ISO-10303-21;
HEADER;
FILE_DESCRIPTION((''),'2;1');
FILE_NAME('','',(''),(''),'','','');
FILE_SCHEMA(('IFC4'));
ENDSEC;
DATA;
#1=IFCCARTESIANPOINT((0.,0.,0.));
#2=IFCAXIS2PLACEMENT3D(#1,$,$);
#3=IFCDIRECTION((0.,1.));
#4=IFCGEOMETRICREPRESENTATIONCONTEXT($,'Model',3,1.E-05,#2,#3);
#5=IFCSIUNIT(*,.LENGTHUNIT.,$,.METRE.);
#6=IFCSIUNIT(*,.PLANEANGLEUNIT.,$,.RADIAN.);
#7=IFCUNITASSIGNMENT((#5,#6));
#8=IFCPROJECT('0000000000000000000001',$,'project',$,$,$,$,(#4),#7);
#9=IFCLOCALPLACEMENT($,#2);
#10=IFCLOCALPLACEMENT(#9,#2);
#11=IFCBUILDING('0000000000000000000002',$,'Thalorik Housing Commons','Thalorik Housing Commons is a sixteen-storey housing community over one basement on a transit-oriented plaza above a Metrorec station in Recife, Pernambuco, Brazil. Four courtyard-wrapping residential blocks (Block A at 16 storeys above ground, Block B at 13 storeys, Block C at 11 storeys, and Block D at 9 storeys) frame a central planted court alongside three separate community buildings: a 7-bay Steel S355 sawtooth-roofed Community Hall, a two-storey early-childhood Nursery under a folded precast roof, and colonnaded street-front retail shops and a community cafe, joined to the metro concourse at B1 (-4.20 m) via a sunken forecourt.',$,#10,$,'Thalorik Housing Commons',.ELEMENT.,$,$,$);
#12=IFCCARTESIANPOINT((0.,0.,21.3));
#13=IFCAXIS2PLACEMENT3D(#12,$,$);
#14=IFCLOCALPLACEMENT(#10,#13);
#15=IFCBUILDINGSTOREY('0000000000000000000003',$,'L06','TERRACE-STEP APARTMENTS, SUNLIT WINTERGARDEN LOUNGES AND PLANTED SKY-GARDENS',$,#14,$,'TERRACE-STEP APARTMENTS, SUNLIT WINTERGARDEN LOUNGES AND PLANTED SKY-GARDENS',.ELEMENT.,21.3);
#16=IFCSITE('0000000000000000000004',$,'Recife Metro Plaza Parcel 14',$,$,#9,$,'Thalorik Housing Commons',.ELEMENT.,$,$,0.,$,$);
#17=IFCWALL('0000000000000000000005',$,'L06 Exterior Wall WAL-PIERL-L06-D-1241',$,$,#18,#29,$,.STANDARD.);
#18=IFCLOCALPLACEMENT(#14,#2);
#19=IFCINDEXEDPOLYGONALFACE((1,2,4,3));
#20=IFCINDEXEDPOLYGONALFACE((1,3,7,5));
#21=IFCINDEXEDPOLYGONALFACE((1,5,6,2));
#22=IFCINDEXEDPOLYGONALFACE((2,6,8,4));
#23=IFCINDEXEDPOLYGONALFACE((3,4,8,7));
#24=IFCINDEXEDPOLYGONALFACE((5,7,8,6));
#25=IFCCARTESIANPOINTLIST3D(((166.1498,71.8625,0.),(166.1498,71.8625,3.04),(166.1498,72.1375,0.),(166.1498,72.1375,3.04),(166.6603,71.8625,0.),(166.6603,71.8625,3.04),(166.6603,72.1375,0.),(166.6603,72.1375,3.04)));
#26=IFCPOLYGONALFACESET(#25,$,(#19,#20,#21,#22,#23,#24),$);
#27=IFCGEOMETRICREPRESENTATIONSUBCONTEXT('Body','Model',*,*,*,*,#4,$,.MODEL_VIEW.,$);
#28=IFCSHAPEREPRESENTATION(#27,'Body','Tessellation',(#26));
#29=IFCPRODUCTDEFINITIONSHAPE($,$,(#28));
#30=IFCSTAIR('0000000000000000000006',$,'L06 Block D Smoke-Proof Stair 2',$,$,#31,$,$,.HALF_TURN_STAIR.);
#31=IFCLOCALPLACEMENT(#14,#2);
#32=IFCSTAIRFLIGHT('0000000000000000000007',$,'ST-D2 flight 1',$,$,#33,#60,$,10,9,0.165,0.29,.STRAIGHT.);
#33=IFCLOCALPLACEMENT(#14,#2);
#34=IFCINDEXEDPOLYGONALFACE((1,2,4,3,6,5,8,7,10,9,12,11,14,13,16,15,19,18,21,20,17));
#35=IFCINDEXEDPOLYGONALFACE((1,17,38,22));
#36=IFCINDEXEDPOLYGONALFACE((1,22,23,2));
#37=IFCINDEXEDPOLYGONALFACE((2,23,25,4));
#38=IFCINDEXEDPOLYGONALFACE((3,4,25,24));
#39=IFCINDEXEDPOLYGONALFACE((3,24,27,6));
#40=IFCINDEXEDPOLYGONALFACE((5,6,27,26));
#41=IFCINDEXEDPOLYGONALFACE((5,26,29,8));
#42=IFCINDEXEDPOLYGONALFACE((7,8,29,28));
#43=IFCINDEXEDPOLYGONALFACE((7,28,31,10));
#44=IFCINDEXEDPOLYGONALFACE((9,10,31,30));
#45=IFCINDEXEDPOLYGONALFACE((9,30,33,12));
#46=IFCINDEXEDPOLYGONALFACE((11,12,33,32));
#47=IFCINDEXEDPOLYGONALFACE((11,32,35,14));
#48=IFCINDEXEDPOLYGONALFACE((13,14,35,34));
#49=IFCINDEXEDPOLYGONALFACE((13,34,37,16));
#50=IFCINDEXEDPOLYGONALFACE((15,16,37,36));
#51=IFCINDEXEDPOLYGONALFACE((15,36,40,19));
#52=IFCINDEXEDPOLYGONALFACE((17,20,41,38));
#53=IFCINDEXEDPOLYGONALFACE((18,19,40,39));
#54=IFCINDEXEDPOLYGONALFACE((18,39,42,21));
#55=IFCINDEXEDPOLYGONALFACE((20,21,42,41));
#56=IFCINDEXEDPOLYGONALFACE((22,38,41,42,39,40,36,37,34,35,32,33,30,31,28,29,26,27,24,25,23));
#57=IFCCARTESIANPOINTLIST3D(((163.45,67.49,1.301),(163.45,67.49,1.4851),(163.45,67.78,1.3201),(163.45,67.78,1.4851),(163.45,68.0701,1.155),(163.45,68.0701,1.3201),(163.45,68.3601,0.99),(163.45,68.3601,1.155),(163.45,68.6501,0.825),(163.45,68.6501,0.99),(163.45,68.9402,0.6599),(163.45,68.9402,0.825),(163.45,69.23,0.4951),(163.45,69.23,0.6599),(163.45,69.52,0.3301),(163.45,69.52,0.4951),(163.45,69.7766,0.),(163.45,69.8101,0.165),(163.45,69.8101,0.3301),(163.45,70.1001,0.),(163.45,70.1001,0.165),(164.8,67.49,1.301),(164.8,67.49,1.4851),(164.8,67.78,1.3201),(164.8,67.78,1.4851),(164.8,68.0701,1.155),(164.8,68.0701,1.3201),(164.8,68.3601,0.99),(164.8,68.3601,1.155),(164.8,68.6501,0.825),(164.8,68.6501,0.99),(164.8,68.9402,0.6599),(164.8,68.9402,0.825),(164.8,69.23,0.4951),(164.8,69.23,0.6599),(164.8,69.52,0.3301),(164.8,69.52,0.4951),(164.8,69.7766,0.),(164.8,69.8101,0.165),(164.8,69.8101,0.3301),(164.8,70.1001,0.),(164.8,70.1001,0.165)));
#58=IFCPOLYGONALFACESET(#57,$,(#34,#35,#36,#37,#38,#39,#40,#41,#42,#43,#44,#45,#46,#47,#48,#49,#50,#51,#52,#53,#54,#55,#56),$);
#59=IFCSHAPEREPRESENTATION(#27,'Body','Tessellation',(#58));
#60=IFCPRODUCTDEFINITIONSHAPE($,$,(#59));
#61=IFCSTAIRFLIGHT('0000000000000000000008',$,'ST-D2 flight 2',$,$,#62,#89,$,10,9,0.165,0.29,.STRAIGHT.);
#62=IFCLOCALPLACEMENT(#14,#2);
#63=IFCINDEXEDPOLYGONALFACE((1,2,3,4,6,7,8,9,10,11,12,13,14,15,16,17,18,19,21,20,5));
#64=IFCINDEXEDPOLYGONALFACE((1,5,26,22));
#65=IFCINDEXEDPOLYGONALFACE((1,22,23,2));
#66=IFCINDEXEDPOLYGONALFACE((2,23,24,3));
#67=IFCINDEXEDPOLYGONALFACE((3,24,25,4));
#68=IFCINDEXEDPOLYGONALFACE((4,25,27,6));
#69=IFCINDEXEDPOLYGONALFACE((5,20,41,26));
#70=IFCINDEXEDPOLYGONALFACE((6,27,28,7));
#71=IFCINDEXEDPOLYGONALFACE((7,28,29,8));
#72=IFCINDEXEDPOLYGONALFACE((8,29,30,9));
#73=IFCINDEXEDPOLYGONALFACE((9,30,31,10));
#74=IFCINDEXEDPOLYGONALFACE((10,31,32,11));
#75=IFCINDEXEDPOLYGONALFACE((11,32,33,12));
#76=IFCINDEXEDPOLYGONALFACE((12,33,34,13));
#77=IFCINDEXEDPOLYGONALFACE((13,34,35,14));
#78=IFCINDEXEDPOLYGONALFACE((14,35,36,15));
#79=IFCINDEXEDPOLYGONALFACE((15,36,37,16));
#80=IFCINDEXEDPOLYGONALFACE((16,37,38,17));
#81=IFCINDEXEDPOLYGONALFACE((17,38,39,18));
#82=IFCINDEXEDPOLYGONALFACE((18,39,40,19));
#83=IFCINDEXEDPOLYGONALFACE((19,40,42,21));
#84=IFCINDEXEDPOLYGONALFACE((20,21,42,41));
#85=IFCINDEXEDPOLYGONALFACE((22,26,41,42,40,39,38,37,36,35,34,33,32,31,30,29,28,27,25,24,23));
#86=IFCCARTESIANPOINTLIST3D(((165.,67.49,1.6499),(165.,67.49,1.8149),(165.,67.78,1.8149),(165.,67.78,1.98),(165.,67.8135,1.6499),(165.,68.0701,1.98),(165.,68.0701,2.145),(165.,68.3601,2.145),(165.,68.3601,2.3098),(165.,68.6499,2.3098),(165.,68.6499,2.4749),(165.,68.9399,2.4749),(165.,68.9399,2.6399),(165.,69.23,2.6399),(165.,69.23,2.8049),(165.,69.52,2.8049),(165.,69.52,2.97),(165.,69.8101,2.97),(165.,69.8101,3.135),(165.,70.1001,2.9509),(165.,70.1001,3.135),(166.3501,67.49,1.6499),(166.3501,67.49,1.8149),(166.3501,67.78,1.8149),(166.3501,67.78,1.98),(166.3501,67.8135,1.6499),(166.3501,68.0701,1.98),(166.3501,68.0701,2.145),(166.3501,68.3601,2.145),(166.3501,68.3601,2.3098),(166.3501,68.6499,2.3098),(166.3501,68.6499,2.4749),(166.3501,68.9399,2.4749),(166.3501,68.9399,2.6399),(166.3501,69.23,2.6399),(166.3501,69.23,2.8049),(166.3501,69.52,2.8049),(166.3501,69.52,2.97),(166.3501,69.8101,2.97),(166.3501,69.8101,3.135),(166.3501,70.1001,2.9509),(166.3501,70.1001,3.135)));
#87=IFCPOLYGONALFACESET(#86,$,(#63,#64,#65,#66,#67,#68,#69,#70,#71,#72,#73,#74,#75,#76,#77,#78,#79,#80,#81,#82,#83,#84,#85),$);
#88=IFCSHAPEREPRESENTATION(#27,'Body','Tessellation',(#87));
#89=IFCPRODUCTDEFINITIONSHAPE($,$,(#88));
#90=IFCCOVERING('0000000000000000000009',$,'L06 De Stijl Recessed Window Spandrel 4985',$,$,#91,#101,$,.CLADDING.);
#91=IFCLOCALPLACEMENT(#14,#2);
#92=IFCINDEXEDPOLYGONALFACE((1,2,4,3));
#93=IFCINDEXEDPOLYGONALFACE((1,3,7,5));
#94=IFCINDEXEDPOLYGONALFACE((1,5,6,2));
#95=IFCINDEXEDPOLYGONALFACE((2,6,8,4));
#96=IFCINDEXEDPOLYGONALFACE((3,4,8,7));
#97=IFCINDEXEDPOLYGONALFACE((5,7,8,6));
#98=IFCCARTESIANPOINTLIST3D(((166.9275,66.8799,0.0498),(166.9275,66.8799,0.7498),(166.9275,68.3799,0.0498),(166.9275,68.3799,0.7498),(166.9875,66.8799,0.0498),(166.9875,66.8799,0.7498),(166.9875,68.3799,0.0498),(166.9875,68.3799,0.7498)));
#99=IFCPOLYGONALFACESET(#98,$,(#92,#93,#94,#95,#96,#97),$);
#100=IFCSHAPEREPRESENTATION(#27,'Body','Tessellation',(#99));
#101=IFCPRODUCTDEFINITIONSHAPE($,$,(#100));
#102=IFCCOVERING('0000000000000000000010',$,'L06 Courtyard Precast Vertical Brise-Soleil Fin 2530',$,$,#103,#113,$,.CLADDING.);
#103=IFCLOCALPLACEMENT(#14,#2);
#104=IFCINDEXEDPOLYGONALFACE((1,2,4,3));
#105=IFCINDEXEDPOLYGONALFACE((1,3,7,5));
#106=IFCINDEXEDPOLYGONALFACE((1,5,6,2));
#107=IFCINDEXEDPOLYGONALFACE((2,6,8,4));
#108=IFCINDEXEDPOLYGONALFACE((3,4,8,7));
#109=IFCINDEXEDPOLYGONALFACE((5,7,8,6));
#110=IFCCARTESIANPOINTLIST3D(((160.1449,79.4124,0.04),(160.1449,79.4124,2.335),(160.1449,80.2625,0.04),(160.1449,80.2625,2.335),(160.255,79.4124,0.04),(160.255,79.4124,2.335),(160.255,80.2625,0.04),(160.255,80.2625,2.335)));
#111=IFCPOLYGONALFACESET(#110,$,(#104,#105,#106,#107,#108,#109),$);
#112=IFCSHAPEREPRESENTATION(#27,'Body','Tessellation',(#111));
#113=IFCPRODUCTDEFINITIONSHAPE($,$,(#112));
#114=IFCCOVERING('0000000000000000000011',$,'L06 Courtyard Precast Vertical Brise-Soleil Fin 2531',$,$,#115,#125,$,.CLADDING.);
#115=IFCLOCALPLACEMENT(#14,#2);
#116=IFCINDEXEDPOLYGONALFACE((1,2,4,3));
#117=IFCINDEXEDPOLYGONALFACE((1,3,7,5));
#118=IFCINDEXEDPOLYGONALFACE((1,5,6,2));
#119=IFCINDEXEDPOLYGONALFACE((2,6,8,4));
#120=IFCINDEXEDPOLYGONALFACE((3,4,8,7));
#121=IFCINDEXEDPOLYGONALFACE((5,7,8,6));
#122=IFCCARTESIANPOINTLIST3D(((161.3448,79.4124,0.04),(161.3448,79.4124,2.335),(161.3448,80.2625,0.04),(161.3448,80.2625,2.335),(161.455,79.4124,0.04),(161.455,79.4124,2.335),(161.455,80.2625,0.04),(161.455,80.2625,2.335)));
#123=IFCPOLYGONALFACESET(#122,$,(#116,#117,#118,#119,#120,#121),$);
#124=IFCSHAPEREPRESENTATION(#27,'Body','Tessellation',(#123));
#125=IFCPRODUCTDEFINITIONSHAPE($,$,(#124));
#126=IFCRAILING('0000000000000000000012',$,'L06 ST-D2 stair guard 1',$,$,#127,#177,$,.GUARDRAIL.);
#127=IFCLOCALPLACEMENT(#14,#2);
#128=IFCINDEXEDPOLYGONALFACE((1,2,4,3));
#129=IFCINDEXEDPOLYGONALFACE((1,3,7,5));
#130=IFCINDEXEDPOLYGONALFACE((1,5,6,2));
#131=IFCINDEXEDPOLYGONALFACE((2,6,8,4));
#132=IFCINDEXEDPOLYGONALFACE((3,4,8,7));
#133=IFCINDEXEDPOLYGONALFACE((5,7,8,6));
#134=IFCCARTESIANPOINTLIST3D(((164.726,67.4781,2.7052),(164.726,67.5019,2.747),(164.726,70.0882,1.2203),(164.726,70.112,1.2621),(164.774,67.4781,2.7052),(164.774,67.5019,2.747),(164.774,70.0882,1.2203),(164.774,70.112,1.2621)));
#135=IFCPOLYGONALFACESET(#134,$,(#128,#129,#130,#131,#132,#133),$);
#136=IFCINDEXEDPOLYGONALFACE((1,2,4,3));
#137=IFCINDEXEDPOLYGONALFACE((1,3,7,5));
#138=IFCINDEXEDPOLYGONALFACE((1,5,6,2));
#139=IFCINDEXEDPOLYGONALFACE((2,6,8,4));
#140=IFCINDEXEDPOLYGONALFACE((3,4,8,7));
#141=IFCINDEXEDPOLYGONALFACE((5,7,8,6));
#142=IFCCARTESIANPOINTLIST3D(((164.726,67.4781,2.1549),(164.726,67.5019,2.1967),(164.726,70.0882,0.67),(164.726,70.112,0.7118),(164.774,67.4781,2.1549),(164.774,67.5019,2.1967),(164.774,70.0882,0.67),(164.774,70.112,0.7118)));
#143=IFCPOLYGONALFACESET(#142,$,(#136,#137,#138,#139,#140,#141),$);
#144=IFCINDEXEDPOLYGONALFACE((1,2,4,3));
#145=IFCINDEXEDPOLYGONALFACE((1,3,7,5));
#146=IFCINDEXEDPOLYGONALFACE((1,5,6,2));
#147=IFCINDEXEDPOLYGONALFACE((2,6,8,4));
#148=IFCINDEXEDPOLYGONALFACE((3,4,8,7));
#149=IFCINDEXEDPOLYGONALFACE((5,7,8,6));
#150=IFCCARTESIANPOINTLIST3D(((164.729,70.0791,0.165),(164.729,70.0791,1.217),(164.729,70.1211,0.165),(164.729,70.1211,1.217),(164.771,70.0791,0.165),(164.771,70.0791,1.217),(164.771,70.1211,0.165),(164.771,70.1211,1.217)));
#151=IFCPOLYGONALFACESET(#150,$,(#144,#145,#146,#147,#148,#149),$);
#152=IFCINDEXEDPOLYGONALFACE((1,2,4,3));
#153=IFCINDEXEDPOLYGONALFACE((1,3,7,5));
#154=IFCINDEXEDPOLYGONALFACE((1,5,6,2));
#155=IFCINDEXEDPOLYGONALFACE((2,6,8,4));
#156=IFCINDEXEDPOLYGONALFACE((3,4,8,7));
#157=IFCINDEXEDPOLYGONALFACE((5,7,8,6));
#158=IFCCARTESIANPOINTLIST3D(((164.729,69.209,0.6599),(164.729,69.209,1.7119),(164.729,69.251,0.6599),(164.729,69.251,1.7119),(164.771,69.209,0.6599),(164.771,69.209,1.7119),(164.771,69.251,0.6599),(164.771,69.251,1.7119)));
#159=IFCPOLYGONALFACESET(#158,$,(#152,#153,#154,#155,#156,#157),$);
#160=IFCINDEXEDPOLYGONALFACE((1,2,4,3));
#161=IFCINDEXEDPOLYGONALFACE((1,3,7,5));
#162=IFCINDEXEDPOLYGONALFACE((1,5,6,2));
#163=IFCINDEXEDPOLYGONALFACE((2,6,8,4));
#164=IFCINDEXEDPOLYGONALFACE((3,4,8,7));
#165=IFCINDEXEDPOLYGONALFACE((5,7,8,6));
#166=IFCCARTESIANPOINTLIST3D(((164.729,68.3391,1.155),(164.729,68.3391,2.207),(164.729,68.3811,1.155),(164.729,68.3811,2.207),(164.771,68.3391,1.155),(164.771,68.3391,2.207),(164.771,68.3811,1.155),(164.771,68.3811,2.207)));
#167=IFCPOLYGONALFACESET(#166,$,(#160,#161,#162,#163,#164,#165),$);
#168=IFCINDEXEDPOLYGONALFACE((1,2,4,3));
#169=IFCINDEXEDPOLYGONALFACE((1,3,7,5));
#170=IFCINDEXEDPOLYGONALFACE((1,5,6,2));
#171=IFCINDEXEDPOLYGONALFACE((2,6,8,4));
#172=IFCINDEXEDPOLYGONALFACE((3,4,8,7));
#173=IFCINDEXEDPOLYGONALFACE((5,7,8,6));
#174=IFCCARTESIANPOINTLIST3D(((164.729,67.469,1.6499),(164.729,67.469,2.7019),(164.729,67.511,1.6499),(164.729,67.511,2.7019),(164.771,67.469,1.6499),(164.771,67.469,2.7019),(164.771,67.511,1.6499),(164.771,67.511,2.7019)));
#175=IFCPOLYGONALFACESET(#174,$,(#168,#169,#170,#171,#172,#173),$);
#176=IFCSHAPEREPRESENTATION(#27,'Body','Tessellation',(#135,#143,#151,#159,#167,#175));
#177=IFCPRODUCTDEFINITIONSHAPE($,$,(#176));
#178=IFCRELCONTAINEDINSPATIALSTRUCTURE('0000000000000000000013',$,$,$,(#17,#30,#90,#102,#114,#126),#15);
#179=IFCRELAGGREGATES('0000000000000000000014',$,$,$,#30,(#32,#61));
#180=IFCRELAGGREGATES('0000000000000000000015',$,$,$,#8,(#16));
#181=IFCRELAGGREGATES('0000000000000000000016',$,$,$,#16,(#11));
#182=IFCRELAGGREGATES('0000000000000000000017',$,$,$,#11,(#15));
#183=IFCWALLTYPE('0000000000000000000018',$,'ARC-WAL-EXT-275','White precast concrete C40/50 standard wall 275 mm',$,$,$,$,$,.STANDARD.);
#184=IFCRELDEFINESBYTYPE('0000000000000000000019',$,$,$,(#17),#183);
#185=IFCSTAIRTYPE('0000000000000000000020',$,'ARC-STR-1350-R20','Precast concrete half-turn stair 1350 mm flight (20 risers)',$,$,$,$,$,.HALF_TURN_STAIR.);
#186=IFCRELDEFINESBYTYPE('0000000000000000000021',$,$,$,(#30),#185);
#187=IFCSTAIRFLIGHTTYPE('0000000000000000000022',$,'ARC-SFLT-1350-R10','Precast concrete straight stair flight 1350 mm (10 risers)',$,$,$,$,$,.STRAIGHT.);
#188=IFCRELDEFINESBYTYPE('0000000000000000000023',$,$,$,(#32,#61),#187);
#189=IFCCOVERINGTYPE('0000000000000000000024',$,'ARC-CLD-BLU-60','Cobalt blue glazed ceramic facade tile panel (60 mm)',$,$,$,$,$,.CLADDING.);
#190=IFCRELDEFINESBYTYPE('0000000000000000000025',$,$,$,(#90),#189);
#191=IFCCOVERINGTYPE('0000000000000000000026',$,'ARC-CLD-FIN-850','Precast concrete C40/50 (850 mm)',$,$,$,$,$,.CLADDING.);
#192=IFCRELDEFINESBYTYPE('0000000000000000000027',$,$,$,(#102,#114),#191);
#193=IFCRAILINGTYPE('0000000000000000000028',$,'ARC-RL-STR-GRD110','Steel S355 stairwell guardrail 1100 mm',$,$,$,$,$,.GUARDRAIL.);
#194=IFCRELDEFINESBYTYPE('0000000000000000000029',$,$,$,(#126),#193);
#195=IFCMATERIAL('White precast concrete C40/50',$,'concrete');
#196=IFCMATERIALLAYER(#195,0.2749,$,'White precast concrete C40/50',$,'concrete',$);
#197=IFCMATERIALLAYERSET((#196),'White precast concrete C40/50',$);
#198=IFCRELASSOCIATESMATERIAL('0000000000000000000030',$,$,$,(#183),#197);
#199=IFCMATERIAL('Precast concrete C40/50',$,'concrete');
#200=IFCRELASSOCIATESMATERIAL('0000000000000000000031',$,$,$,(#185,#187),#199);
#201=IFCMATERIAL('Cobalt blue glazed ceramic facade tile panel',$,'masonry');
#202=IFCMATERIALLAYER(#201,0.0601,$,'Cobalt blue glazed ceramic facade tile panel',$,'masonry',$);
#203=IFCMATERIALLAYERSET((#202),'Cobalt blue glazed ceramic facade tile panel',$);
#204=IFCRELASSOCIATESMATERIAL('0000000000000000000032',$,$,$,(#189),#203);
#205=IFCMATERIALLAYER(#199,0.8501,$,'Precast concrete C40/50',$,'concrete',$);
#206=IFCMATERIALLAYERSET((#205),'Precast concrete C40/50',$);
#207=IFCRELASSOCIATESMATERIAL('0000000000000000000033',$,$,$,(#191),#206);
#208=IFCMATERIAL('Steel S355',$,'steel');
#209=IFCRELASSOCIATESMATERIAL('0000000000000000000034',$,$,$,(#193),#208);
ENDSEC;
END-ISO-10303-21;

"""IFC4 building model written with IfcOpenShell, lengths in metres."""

from ifc_helpers import new_model, si_unit, direction, frame, frame_2d, origin, origin_2d, place, context, subcontext, project, spatial, polyline, rectangle, outline, extrude, material, layer, layer_set, type_object, element, aggregate, save


model = new_model("IFC4")

# Units and contexts
model_context = context("Model", 3, precision=1e-05, world=origin(), true_north=direction((0.0, 1.0)))
body_context = subcontext(model_context, "Body", "Model", "MODEL_VIEW")
ifc_project = project(units=[si_unit("LENGTHUNIT", "METRE"), si_unit("PLANEANGLEUNIT", "RADIAN")], contexts=[model_context])

# Site, building, storey
site_placement = place(None, origin())
site = spatial("IfcSite", under=ifc_project, at=site_placement, Name="Recife Metro Plaza Parcel 14", LongName="Thalorik Housing Commons", CompositionType="ELEMENT", RefElevation=0.0)
building_placement = place(site_placement, origin())
building = spatial("IfcBuilding", under=site, at=building_placement, Name="Thalorik Housing Commons", Description="Thalorik Housing Commons is a sixteen-storey housing community over one basement on a transit-oriented plaza above a Metrorec station in Recife, Pernambuco, Brazil. Four courtyard-wrapping residential blocks (Block A at 16 storeys above ground, Block B at 13 storeys, Block C at 11 storeys, and Block D at 9 storeys) frame a central planted court alongside three separate community buildings: a 7-bay Steel S355 sawtooth-roofed Community Hall, a two-storey early-childhood Nursery under a folded precast roof, and colonnaded street-front retail shops and a community cafe, joined to the metro concourse at B1 (-4.20 m) via a sunken forecourt.", LongName="Thalorik Housing Commons", CompositionType="ELEMENT")
storey_placement = place(building_placement, frame((0.0, 0.0, 21.3)))
storey = spatial("IfcBuildingStorey", under=building, at=storey_placement, Name="L06", Description="TERRACE-STEP APARTMENTS, SUNLIT WINTERGARDEN LOUNGES AND PLANTED SKY-GARDENS", LongName="TERRACE-STEP APARTMENTS, SUNLIT WINTERGARDEN LOUNGES AND PLANTED SKY-GARDENS", CompositionType="ELEMENT", Elevation=21.3)

# Shared definitions
ifc_material_1 = material(Name="Precast concrete C40/50", Category="concrete")

# Shared definitions
ifc_material_2 = material(Name="Steel S355", Category="steel")

# Wall
ifc_material_3 = material(Name="White precast concrete C40/50", Category="concrete")
ifc_layer_1 = layer(ifc_material_3, 0.2749, Name="White precast concrete C40/50", Category="concrete")
ifc_layer_set_1 = layer_set([ifc_layer_1], Name="White precast concrete C40/50")
wall_type_1 = type_object("IfcWallType", Name="ARC-WAL-EXT-275", Description="White precast concrete C40/50 standard wall 275 mm", PredefinedType="STANDARD", material=ifc_layer_set_1)
wall_1_placement = place(storey_placement, frame((166.6604, 72.0, 0.0), z_axis=(0.0, 0.0, 1.0), x_axis=(-1.0, 0.0, 0.0)))
element("IfcWall", 1, at=wall_1_placement, inside=storey, type_object=wall_type_1, Name="L06 Exterior Wall WAL-PIERL-L06-D-1241", PredefinedType="STANDARD", context=body_context, shape_type="SweptSolid", body=[
    extrude(rectangle(XDim=0.5105, YDim=0.2749, at=frame_2d((0.2554, 0.0))), origin(), (0.0, 0.0, 1.0), 3.04),
])

# Stair, stair flights
stair_type = type_object("IfcStairType", Name="ARC-STR-1350-R20", Description="Precast concrete half-turn stair 1350 mm flight (20 risers)", PredefinedType="HALF_TURN_STAIR", material=ifc_material_1)
stair_placement = place(storey_placement, origin())
stair = element("IfcStair", 2, at=stair_placement, inside=storey, type_object=stair_type, Name="L06 Block D Smoke-Proof Stair 2", PredefinedType="HALF_TURN_STAIR")
stair_flight_type = type_object("IfcStairFlightType", Name="ARC-SFLT-1350-R10", Description="Precast concrete straight stair flight 1350 mm (10 risers)", PredefinedType="STRAIGHT", material=ifc_material_1)
stair_flight_1_placement = place(storey_placement, frame((164.125, 70.1001, 0.0), z_axis=(0.0, 0.0, 1.0), x_axis=(0.0, -1.0, 0.0)))
stair_flight_1 = element("IfcStairFlight", 3, at=stair_flight_1_placement, type_object=stair_flight_type, Name="ST-D2 flight 1", NumberOfRisers=10, NumberOfTreads=9, PredefinedType="STRAIGHT", RiserHeight=0.165, TreadLength=0.29, context=body_context, shape_type="SweptSolid", body=[
    extrude(outline(polyline([(0.0, 0.0), (0.0, 0.165), (0.29, 0.165), (0.29, 0.3301), (0.5801, 0.3301), (0.5801, 0.4951), (0.8701, 0.4951), (0.8701, 0.6599), (1.1599, 0.6599), (1.1599, 0.825), (1.45, 0.825), (1.45, 0.99), (1.74, 0.99), (1.74, 1.155), (2.03, 1.155), (2.03, 1.3201), (2.3201, 1.3201), (2.3201, 1.4851), (2.6101, 1.4851), (2.6101, 1.6499), (2.6101, 1.301), (0.3235, 0.0), (0.0, 0.0)])), frame((0.0, 0.675, 0.0), z_axis=(0.0, -1.0, 0.0), x_axis=(1.0, 0.0, 0.0)), (0.0, 0.0, 1.0), 1.3501),
])
stair_flight_2_placement = place(storey_placement, frame((165.675, 67.49, 1.6499), z_axis=(0.0, 0.0, 1.0), x_axis=(0.0, 1.0, 0.0)))
stair_flight_2 = element("IfcStairFlight", 4, at=stair_flight_2_placement, type_object=stair_flight_type, Name="ST-D2 flight 2", NumberOfRisers=10, NumberOfTreads=9, PredefinedType="STRAIGHT", RiserHeight=0.165, TreadLength=0.29, context=body_context, shape_type="SweptSolid", body=[
    extrude(outline(polyline([(0.0, 0.0), (0.0, 0.165), (0.29, 0.165), (0.29, 0.3301), (0.5801, 0.3301), (0.5801, 0.4951), (0.8701, 0.4951), (0.8701, 0.6599), (1.1599, 0.6599), (1.1599, 0.825), (1.45, 0.825), (1.45, 0.99), (1.74, 0.99), (1.74, 1.155), (2.03, 1.155), (2.03, 1.3201), (2.3201, 1.3201), (2.3201, 1.4851), (2.6101, 1.4851), (2.6101, 1.6499), (2.6101, 1.301), (0.3235, 0.0), (0.0, 0.0)])), frame((0.0, 0.675, 0.0), z_axis=(0.0, -1.0, 0.0), x_axis=(1.0, 0.0, 0.0)), (0.0, 0.0, 1.0), 1.3501),
])
aggregate(stair, [stair_flight_1, stair_flight_2])

# Coverings
ifc_material_4 = material(Name="Cobalt blue glazed ceramic facade tile panel", Category="masonry")
ifc_layer_2 = layer(ifc_material_4, 0.0601, Name="Cobalt blue glazed ceramic facade tile panel", Category="masonry")
ifc_layer_set_2 = layer_set([ifc_layer_2], Name="Cobalt blue glazed ceramic facade tile panel")
covering_type_1 = type_object("IfcCoveringType", Name="ARC-CLD-BLU-60", Description="Cobalt blue glazed ceramic facade tile panel (60 mm)", PredefinedType="CLADDING", material=ifc_layer_set_2)
covering_1_placement = place(storey_placement, frame((166.9575, 67.6299, 0.0498), z_axis=(0.0, 0.0, 1.0), x_axis=(0.0, 1.0, 0.0)))
element("IfcCovering", 5, at=covering_1_placement, inside=storey, type_object=covering_type_1, Name="L06 De Stijl Recessed Window Spandrel 4985", PredefinedType="CLADDING", context=body_context, shape_type="SweptSolid", body=[
    extrude(rectangle(XDim=1.5, YDim=0.0601, at=origin_2d()), origin(), (0.0, 0.0, 1.0), 0.7),
])
ifc_layer_3 = layer(ifc_material_1, 0.8501, Name="Precast concrete C40/50", Category="concrete")
ifc_layer_set_3 = layer_set([ifc_layer_3], Name="Precast concrete C40/50")
covering_type_2 = type_object("IfcCoveringType", Name="ARC-CLD-FIN-850", Description="Precast concrete C40/50 (850 mm)", PredefinedType="CLADDING", material=ifc_layer_set_3)
for number, where, z_axis, x_axis, name in (
    (6, (160.2, 79.8374, 0.04), (0.0, 0.0, 1.0), (1.0, 0.0, 0.0), "L06 Courtyard Precast Vertical Brise-Soleil Fin 2530"),
    (7, (161.3999, 79.8374, 0.04), (0.0, 0.0, 1.0), (1.0, 0.0, 0.0), "L06 Courtyard Precast Vertical Brise-Soleil Fin 2531"),
):
    element("IfcCovering", number, at=place(storey_placement, frame(where, z_axis=z_axis, x_axis=x_axis)), inside=storey, type_object=covering_type_2, Name=name, PredefinedType="CLADDING", context=body_context, shape_type="SweptSolid", body=[
        extrude(rectangle(XDim=0.1101, YDim=0.8501, at=origin_2d()), origin(), (0.0, 0.0, 1.0), 2.2949),
    ])

# Railing
railing_type_1 = type_object("IfcRailingType", Name="ARC-RL-STR-GRD110", Description="Steel S355 stairwell guardrail 1100 mm", PredefinedType="GUARDRAIL", material=ifc_material_2)
railing_1_placement = place(storey_placement, frame((164.75, 70.1001, 0.165)))
element("IfcRailing", 8, at=railing_1_placement, inside=storey, type_object=railing_type_1, Name="L06 ST-D2 stair guard 1", PredefinedType="GUARDRAIL", context=body_context, shape_type="SweptSolid", body=[
    extrude(rectangle(XDim=0.0481, YDim=0.0481, at=origin_2d()), frame((0.0, 0.0, 1.0762), z_axis=(0.0, -0.869192, 0.494474), x_axis=(1.0, 0.0, 0.0)), (0.0, 0.0, 1.0), 3.0029),
    extrude(rectangle(XDim=0.0481, YDim=0.0481, at=origin_2d()), frame((0.0, 0.0, 0.5259), z_axis=(0.0, -0.869192, 0.494474), x_axis=(1.0, 0.0, 0.0)), (0.0, 0.0, 1.0), 3.0029),
    extrude(rectangle(XDim=0.042, YDim=0.042, at=origin_2d()), origin(), (0.0, 0.0, 1.0), 1.052),
    extrude(rectangle(XDim=0.042, YDim=0.042, at=origin_2d()), frame((0.0, -0.8701, 0.4949)), (0.0, 0.0, 1.0), 1.052),
    extrude(rectangle(XDim=0.042, YDim=0.042, at=origin_2d()), frame((0.0, -1.74, 0.99)), (0.0, 0.0, 1.0), 1.052),
    extrude(rectangle(XDim=0.042, YDim=0.042, at=origin_2d()), frame((0.0, -2.6101, 1.4849)), (0.0, 0.0, 1.0), 1.052),
])

save(model, "model.ifc")
